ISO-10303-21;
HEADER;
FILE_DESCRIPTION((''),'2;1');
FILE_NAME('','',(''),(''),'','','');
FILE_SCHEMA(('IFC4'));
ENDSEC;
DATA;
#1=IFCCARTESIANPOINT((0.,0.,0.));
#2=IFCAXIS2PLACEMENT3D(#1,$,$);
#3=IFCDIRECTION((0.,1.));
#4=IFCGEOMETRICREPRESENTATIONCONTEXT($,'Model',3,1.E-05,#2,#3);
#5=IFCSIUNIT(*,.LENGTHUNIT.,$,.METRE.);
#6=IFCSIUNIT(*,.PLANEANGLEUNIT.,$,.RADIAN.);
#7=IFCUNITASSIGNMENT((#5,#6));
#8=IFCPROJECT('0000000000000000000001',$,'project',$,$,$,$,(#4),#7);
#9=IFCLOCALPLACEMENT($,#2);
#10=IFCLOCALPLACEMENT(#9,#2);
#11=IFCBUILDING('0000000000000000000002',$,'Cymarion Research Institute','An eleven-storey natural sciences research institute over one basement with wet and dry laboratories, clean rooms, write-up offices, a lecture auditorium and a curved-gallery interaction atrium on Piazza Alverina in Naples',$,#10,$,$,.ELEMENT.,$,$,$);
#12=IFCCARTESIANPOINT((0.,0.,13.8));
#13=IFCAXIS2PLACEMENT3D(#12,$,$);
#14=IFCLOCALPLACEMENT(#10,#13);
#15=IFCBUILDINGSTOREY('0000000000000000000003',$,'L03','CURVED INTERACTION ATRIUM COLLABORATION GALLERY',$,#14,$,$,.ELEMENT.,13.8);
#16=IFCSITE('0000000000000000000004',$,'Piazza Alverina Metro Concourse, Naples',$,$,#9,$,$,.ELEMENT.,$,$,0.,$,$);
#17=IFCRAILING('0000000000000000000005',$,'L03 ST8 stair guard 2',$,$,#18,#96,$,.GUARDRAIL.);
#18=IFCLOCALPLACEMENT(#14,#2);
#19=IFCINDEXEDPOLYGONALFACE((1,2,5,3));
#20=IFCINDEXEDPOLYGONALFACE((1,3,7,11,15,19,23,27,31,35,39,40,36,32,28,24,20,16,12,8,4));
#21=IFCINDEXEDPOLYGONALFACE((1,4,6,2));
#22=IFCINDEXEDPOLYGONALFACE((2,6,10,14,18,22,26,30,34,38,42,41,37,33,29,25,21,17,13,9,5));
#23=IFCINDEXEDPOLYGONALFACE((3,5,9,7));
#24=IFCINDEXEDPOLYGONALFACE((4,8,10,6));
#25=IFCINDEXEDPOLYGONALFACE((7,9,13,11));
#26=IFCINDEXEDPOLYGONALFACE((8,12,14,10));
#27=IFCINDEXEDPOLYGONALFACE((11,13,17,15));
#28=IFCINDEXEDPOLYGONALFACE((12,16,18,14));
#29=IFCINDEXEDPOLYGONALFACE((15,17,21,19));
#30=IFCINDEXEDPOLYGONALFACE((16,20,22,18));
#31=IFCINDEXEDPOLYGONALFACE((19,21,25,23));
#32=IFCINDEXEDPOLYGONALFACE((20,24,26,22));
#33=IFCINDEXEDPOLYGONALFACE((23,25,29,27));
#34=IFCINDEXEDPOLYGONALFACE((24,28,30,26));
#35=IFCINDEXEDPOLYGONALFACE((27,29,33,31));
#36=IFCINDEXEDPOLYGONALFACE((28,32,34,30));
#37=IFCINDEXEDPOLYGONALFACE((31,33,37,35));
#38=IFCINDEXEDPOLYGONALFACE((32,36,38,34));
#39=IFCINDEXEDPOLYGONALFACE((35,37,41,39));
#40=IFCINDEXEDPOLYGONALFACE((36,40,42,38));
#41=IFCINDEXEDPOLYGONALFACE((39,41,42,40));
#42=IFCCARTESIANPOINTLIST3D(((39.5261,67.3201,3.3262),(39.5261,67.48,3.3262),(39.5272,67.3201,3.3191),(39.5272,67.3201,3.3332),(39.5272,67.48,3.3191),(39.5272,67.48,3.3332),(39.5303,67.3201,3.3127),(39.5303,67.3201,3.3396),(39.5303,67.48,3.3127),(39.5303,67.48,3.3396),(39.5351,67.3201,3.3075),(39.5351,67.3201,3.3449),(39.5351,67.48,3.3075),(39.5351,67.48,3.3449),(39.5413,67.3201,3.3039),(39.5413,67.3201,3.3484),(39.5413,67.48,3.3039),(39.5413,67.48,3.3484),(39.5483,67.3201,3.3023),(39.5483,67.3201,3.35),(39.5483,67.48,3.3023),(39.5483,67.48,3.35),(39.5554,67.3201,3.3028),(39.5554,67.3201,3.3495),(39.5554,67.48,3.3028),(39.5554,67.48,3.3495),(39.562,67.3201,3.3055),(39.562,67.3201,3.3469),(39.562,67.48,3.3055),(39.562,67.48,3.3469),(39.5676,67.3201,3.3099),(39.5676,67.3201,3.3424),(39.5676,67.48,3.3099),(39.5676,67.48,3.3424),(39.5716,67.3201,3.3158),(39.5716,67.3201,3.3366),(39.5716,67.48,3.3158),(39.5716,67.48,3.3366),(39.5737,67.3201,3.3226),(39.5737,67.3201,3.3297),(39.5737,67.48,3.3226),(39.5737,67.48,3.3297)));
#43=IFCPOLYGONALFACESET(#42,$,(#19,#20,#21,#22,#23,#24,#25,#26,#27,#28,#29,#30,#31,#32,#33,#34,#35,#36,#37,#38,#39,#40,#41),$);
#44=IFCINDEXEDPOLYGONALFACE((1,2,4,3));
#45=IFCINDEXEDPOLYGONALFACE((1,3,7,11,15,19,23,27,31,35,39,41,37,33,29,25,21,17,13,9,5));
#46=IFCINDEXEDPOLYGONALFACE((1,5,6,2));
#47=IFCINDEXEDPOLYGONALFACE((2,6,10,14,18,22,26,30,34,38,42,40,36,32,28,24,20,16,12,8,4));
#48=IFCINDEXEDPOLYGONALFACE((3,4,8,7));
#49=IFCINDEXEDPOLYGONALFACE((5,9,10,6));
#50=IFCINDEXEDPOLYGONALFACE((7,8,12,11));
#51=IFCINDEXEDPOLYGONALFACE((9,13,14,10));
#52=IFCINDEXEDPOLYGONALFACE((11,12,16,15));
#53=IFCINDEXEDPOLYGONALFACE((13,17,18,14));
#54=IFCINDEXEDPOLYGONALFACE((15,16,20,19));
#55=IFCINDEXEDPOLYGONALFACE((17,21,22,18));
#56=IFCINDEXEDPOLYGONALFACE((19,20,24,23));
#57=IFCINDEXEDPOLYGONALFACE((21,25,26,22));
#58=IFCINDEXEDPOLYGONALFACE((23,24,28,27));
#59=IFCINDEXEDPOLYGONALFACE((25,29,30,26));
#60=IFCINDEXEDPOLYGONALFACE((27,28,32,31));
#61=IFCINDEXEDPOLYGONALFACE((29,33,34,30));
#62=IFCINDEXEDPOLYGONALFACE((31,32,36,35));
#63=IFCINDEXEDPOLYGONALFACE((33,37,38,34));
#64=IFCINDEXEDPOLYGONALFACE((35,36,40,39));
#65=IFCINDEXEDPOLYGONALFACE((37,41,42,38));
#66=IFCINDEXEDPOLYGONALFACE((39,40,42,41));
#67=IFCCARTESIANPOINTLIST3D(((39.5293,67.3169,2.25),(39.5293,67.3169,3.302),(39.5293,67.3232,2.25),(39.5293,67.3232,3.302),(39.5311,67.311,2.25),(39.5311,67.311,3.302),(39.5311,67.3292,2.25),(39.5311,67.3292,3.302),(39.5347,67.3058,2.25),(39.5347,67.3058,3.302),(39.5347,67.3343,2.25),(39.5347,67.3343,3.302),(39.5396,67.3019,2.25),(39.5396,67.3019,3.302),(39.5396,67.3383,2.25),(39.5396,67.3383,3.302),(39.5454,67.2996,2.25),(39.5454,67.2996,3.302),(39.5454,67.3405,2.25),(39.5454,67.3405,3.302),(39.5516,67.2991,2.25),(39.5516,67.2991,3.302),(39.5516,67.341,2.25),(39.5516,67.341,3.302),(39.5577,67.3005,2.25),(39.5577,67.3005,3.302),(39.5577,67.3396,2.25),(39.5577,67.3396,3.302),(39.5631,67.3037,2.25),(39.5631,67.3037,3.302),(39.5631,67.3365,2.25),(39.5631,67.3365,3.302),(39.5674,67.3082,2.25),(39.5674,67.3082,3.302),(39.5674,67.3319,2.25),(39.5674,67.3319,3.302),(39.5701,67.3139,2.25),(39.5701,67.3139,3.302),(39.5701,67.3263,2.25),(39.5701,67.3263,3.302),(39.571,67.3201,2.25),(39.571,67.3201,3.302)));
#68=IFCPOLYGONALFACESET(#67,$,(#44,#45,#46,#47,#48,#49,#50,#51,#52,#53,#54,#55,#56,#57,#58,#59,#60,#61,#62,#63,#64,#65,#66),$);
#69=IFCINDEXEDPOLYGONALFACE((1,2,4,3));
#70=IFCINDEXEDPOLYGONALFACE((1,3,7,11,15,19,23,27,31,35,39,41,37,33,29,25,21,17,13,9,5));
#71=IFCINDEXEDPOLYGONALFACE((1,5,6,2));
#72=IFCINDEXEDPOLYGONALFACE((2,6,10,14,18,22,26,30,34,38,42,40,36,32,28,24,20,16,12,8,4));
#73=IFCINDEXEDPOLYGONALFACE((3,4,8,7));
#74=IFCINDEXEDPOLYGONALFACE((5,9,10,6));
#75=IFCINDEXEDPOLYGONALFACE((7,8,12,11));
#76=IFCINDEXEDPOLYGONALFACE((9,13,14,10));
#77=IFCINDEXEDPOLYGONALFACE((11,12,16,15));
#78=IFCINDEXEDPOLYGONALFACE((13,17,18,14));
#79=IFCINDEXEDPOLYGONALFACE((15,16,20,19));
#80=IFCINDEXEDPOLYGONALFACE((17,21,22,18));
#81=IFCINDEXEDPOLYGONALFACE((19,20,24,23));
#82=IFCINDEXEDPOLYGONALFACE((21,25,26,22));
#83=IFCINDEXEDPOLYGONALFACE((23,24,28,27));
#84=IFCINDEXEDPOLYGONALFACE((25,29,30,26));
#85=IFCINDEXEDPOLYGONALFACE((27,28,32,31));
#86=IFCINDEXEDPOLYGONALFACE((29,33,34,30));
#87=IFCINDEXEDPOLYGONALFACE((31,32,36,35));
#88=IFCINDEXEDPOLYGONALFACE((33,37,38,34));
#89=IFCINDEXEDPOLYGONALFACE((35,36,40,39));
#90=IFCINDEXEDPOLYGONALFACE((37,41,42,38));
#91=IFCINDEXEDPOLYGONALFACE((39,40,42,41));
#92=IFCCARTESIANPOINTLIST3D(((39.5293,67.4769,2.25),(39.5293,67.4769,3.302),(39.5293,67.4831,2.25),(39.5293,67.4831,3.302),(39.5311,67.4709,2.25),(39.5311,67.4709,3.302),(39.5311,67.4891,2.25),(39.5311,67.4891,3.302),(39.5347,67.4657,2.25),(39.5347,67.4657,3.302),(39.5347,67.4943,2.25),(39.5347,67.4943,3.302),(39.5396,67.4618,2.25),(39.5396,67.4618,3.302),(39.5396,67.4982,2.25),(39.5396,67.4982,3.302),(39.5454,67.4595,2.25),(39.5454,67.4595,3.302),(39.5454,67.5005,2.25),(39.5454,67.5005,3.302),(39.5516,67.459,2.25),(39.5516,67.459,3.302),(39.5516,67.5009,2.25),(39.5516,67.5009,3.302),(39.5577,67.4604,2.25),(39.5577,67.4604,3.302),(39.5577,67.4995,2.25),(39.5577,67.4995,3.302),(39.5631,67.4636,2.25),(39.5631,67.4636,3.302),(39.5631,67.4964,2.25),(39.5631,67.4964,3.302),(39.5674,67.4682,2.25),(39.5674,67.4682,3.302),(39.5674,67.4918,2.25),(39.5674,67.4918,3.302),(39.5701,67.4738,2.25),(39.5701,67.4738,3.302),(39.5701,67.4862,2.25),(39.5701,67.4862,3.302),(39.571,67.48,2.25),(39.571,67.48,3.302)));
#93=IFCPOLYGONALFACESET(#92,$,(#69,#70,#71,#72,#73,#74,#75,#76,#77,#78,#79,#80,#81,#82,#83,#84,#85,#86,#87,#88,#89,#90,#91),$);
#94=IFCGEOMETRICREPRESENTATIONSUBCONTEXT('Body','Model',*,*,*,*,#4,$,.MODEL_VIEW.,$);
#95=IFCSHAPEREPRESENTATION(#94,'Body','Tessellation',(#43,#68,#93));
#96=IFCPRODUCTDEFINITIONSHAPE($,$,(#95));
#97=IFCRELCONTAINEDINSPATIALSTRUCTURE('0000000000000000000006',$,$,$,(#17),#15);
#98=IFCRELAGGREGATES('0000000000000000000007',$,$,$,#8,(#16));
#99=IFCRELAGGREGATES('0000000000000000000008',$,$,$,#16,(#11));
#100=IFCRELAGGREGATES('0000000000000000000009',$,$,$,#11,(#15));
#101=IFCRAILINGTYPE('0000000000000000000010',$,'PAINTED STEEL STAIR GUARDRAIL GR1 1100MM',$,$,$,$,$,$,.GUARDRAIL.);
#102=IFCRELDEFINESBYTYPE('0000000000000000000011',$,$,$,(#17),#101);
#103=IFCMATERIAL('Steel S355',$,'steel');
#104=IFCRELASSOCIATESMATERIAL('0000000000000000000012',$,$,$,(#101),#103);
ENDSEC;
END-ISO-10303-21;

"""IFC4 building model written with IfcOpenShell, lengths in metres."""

from ifc_helpers import new_model, si_unit, direction, frame, origin, origin_2d, place, context, subcontext, project, spatial, circle, extrude, material, type_object, element, save


model = new_model("IFC4")

# Units and contexts
model_context = context("Model", 3, precision=1e-05, world=origin(), true_north=direction((0.0, 1.0)))
body_context = subcontext(model_context, "Body", "Model", "MODEL_VIEW")
ifc_project = project(units=[si_unit("LENGTHUNIT", "METRE"), si_unit("PLANEANGLEUNIT", "RADIAN")], contexts=[model_context])

# Site, building, storey
site_placement = place(None, origin())
site = spatial("IfcSite", under=ifc_project, at=site_placement, Name="Piazza Alverina Metro Concourse, Naples", CompositionType="ELEMENT", RefElevation=0.0)
building_placement = place(site_placement, origin())
building = spatial("IfcBuilding", under=site, at=building_placement, Name="Cymarion Research Institute", Description="An eleven-storey natural sciences research institute over one basement with wet and dry laboratories, clean rooms, write-up offices, a lecture auditorium and a curved-gallery interaction atrium on Piazza Alverina in Naples", CompositionType="ELEMENT")
storey_placement = place(building_placement, frame((0.0, 0.0, 13.8)))
storey = spatial("IfcBuildingStorey", under=building, at=storey_placement, Name="L03", Description="CURVED INTERACTION ATRIUM COLLABORATION GALLERY", CompositionType="ELEMENT", Elevation=13.8)

# Shared definitions
ifc_material_1 = material(Name="Steel S355", Category="steel")

# Railing
railing_type_1 = type_object("IfcRailingType", Name="PAINTED STEEL STAIR GUARDRAIL GR1 1100MM", PredefinedType="GUARDRAIL", material=ifc_material_1)
railing_1_placement = place(storey_placement, frame((39.55, 67.3201, 2.25)))
element("IfcRailing", 1, at=railing_1_placement, inside=storey, type_object=railing_type_1, Name="L03 ST8 stair guard 2", PredefinedType="GUARDRAIL", context=body_context, shape_type="SweptSolid", body=[
    extrude(circle(Radius=0.0239, at=origin_2d()), frame((0.0, 0.0, 1.0762), z_axis=(0.0, 1.0, 0.0), x_axis=(-1.0, 0.0, 0.0)), (0.0, 0.0, 1.0), 0.1599),
    extrude(circle(Radius=0.021, at=origin_2d()), origin(), (0.0, 0.0, 1.0), 1.052),
    extrude(circle(Radius=0.021, at=origin_2d()), frame((0.0, 0.1599, 0.0)), (0.0, 0.0, 1.0), 1.052),
])

save(model, "model.ifc")
